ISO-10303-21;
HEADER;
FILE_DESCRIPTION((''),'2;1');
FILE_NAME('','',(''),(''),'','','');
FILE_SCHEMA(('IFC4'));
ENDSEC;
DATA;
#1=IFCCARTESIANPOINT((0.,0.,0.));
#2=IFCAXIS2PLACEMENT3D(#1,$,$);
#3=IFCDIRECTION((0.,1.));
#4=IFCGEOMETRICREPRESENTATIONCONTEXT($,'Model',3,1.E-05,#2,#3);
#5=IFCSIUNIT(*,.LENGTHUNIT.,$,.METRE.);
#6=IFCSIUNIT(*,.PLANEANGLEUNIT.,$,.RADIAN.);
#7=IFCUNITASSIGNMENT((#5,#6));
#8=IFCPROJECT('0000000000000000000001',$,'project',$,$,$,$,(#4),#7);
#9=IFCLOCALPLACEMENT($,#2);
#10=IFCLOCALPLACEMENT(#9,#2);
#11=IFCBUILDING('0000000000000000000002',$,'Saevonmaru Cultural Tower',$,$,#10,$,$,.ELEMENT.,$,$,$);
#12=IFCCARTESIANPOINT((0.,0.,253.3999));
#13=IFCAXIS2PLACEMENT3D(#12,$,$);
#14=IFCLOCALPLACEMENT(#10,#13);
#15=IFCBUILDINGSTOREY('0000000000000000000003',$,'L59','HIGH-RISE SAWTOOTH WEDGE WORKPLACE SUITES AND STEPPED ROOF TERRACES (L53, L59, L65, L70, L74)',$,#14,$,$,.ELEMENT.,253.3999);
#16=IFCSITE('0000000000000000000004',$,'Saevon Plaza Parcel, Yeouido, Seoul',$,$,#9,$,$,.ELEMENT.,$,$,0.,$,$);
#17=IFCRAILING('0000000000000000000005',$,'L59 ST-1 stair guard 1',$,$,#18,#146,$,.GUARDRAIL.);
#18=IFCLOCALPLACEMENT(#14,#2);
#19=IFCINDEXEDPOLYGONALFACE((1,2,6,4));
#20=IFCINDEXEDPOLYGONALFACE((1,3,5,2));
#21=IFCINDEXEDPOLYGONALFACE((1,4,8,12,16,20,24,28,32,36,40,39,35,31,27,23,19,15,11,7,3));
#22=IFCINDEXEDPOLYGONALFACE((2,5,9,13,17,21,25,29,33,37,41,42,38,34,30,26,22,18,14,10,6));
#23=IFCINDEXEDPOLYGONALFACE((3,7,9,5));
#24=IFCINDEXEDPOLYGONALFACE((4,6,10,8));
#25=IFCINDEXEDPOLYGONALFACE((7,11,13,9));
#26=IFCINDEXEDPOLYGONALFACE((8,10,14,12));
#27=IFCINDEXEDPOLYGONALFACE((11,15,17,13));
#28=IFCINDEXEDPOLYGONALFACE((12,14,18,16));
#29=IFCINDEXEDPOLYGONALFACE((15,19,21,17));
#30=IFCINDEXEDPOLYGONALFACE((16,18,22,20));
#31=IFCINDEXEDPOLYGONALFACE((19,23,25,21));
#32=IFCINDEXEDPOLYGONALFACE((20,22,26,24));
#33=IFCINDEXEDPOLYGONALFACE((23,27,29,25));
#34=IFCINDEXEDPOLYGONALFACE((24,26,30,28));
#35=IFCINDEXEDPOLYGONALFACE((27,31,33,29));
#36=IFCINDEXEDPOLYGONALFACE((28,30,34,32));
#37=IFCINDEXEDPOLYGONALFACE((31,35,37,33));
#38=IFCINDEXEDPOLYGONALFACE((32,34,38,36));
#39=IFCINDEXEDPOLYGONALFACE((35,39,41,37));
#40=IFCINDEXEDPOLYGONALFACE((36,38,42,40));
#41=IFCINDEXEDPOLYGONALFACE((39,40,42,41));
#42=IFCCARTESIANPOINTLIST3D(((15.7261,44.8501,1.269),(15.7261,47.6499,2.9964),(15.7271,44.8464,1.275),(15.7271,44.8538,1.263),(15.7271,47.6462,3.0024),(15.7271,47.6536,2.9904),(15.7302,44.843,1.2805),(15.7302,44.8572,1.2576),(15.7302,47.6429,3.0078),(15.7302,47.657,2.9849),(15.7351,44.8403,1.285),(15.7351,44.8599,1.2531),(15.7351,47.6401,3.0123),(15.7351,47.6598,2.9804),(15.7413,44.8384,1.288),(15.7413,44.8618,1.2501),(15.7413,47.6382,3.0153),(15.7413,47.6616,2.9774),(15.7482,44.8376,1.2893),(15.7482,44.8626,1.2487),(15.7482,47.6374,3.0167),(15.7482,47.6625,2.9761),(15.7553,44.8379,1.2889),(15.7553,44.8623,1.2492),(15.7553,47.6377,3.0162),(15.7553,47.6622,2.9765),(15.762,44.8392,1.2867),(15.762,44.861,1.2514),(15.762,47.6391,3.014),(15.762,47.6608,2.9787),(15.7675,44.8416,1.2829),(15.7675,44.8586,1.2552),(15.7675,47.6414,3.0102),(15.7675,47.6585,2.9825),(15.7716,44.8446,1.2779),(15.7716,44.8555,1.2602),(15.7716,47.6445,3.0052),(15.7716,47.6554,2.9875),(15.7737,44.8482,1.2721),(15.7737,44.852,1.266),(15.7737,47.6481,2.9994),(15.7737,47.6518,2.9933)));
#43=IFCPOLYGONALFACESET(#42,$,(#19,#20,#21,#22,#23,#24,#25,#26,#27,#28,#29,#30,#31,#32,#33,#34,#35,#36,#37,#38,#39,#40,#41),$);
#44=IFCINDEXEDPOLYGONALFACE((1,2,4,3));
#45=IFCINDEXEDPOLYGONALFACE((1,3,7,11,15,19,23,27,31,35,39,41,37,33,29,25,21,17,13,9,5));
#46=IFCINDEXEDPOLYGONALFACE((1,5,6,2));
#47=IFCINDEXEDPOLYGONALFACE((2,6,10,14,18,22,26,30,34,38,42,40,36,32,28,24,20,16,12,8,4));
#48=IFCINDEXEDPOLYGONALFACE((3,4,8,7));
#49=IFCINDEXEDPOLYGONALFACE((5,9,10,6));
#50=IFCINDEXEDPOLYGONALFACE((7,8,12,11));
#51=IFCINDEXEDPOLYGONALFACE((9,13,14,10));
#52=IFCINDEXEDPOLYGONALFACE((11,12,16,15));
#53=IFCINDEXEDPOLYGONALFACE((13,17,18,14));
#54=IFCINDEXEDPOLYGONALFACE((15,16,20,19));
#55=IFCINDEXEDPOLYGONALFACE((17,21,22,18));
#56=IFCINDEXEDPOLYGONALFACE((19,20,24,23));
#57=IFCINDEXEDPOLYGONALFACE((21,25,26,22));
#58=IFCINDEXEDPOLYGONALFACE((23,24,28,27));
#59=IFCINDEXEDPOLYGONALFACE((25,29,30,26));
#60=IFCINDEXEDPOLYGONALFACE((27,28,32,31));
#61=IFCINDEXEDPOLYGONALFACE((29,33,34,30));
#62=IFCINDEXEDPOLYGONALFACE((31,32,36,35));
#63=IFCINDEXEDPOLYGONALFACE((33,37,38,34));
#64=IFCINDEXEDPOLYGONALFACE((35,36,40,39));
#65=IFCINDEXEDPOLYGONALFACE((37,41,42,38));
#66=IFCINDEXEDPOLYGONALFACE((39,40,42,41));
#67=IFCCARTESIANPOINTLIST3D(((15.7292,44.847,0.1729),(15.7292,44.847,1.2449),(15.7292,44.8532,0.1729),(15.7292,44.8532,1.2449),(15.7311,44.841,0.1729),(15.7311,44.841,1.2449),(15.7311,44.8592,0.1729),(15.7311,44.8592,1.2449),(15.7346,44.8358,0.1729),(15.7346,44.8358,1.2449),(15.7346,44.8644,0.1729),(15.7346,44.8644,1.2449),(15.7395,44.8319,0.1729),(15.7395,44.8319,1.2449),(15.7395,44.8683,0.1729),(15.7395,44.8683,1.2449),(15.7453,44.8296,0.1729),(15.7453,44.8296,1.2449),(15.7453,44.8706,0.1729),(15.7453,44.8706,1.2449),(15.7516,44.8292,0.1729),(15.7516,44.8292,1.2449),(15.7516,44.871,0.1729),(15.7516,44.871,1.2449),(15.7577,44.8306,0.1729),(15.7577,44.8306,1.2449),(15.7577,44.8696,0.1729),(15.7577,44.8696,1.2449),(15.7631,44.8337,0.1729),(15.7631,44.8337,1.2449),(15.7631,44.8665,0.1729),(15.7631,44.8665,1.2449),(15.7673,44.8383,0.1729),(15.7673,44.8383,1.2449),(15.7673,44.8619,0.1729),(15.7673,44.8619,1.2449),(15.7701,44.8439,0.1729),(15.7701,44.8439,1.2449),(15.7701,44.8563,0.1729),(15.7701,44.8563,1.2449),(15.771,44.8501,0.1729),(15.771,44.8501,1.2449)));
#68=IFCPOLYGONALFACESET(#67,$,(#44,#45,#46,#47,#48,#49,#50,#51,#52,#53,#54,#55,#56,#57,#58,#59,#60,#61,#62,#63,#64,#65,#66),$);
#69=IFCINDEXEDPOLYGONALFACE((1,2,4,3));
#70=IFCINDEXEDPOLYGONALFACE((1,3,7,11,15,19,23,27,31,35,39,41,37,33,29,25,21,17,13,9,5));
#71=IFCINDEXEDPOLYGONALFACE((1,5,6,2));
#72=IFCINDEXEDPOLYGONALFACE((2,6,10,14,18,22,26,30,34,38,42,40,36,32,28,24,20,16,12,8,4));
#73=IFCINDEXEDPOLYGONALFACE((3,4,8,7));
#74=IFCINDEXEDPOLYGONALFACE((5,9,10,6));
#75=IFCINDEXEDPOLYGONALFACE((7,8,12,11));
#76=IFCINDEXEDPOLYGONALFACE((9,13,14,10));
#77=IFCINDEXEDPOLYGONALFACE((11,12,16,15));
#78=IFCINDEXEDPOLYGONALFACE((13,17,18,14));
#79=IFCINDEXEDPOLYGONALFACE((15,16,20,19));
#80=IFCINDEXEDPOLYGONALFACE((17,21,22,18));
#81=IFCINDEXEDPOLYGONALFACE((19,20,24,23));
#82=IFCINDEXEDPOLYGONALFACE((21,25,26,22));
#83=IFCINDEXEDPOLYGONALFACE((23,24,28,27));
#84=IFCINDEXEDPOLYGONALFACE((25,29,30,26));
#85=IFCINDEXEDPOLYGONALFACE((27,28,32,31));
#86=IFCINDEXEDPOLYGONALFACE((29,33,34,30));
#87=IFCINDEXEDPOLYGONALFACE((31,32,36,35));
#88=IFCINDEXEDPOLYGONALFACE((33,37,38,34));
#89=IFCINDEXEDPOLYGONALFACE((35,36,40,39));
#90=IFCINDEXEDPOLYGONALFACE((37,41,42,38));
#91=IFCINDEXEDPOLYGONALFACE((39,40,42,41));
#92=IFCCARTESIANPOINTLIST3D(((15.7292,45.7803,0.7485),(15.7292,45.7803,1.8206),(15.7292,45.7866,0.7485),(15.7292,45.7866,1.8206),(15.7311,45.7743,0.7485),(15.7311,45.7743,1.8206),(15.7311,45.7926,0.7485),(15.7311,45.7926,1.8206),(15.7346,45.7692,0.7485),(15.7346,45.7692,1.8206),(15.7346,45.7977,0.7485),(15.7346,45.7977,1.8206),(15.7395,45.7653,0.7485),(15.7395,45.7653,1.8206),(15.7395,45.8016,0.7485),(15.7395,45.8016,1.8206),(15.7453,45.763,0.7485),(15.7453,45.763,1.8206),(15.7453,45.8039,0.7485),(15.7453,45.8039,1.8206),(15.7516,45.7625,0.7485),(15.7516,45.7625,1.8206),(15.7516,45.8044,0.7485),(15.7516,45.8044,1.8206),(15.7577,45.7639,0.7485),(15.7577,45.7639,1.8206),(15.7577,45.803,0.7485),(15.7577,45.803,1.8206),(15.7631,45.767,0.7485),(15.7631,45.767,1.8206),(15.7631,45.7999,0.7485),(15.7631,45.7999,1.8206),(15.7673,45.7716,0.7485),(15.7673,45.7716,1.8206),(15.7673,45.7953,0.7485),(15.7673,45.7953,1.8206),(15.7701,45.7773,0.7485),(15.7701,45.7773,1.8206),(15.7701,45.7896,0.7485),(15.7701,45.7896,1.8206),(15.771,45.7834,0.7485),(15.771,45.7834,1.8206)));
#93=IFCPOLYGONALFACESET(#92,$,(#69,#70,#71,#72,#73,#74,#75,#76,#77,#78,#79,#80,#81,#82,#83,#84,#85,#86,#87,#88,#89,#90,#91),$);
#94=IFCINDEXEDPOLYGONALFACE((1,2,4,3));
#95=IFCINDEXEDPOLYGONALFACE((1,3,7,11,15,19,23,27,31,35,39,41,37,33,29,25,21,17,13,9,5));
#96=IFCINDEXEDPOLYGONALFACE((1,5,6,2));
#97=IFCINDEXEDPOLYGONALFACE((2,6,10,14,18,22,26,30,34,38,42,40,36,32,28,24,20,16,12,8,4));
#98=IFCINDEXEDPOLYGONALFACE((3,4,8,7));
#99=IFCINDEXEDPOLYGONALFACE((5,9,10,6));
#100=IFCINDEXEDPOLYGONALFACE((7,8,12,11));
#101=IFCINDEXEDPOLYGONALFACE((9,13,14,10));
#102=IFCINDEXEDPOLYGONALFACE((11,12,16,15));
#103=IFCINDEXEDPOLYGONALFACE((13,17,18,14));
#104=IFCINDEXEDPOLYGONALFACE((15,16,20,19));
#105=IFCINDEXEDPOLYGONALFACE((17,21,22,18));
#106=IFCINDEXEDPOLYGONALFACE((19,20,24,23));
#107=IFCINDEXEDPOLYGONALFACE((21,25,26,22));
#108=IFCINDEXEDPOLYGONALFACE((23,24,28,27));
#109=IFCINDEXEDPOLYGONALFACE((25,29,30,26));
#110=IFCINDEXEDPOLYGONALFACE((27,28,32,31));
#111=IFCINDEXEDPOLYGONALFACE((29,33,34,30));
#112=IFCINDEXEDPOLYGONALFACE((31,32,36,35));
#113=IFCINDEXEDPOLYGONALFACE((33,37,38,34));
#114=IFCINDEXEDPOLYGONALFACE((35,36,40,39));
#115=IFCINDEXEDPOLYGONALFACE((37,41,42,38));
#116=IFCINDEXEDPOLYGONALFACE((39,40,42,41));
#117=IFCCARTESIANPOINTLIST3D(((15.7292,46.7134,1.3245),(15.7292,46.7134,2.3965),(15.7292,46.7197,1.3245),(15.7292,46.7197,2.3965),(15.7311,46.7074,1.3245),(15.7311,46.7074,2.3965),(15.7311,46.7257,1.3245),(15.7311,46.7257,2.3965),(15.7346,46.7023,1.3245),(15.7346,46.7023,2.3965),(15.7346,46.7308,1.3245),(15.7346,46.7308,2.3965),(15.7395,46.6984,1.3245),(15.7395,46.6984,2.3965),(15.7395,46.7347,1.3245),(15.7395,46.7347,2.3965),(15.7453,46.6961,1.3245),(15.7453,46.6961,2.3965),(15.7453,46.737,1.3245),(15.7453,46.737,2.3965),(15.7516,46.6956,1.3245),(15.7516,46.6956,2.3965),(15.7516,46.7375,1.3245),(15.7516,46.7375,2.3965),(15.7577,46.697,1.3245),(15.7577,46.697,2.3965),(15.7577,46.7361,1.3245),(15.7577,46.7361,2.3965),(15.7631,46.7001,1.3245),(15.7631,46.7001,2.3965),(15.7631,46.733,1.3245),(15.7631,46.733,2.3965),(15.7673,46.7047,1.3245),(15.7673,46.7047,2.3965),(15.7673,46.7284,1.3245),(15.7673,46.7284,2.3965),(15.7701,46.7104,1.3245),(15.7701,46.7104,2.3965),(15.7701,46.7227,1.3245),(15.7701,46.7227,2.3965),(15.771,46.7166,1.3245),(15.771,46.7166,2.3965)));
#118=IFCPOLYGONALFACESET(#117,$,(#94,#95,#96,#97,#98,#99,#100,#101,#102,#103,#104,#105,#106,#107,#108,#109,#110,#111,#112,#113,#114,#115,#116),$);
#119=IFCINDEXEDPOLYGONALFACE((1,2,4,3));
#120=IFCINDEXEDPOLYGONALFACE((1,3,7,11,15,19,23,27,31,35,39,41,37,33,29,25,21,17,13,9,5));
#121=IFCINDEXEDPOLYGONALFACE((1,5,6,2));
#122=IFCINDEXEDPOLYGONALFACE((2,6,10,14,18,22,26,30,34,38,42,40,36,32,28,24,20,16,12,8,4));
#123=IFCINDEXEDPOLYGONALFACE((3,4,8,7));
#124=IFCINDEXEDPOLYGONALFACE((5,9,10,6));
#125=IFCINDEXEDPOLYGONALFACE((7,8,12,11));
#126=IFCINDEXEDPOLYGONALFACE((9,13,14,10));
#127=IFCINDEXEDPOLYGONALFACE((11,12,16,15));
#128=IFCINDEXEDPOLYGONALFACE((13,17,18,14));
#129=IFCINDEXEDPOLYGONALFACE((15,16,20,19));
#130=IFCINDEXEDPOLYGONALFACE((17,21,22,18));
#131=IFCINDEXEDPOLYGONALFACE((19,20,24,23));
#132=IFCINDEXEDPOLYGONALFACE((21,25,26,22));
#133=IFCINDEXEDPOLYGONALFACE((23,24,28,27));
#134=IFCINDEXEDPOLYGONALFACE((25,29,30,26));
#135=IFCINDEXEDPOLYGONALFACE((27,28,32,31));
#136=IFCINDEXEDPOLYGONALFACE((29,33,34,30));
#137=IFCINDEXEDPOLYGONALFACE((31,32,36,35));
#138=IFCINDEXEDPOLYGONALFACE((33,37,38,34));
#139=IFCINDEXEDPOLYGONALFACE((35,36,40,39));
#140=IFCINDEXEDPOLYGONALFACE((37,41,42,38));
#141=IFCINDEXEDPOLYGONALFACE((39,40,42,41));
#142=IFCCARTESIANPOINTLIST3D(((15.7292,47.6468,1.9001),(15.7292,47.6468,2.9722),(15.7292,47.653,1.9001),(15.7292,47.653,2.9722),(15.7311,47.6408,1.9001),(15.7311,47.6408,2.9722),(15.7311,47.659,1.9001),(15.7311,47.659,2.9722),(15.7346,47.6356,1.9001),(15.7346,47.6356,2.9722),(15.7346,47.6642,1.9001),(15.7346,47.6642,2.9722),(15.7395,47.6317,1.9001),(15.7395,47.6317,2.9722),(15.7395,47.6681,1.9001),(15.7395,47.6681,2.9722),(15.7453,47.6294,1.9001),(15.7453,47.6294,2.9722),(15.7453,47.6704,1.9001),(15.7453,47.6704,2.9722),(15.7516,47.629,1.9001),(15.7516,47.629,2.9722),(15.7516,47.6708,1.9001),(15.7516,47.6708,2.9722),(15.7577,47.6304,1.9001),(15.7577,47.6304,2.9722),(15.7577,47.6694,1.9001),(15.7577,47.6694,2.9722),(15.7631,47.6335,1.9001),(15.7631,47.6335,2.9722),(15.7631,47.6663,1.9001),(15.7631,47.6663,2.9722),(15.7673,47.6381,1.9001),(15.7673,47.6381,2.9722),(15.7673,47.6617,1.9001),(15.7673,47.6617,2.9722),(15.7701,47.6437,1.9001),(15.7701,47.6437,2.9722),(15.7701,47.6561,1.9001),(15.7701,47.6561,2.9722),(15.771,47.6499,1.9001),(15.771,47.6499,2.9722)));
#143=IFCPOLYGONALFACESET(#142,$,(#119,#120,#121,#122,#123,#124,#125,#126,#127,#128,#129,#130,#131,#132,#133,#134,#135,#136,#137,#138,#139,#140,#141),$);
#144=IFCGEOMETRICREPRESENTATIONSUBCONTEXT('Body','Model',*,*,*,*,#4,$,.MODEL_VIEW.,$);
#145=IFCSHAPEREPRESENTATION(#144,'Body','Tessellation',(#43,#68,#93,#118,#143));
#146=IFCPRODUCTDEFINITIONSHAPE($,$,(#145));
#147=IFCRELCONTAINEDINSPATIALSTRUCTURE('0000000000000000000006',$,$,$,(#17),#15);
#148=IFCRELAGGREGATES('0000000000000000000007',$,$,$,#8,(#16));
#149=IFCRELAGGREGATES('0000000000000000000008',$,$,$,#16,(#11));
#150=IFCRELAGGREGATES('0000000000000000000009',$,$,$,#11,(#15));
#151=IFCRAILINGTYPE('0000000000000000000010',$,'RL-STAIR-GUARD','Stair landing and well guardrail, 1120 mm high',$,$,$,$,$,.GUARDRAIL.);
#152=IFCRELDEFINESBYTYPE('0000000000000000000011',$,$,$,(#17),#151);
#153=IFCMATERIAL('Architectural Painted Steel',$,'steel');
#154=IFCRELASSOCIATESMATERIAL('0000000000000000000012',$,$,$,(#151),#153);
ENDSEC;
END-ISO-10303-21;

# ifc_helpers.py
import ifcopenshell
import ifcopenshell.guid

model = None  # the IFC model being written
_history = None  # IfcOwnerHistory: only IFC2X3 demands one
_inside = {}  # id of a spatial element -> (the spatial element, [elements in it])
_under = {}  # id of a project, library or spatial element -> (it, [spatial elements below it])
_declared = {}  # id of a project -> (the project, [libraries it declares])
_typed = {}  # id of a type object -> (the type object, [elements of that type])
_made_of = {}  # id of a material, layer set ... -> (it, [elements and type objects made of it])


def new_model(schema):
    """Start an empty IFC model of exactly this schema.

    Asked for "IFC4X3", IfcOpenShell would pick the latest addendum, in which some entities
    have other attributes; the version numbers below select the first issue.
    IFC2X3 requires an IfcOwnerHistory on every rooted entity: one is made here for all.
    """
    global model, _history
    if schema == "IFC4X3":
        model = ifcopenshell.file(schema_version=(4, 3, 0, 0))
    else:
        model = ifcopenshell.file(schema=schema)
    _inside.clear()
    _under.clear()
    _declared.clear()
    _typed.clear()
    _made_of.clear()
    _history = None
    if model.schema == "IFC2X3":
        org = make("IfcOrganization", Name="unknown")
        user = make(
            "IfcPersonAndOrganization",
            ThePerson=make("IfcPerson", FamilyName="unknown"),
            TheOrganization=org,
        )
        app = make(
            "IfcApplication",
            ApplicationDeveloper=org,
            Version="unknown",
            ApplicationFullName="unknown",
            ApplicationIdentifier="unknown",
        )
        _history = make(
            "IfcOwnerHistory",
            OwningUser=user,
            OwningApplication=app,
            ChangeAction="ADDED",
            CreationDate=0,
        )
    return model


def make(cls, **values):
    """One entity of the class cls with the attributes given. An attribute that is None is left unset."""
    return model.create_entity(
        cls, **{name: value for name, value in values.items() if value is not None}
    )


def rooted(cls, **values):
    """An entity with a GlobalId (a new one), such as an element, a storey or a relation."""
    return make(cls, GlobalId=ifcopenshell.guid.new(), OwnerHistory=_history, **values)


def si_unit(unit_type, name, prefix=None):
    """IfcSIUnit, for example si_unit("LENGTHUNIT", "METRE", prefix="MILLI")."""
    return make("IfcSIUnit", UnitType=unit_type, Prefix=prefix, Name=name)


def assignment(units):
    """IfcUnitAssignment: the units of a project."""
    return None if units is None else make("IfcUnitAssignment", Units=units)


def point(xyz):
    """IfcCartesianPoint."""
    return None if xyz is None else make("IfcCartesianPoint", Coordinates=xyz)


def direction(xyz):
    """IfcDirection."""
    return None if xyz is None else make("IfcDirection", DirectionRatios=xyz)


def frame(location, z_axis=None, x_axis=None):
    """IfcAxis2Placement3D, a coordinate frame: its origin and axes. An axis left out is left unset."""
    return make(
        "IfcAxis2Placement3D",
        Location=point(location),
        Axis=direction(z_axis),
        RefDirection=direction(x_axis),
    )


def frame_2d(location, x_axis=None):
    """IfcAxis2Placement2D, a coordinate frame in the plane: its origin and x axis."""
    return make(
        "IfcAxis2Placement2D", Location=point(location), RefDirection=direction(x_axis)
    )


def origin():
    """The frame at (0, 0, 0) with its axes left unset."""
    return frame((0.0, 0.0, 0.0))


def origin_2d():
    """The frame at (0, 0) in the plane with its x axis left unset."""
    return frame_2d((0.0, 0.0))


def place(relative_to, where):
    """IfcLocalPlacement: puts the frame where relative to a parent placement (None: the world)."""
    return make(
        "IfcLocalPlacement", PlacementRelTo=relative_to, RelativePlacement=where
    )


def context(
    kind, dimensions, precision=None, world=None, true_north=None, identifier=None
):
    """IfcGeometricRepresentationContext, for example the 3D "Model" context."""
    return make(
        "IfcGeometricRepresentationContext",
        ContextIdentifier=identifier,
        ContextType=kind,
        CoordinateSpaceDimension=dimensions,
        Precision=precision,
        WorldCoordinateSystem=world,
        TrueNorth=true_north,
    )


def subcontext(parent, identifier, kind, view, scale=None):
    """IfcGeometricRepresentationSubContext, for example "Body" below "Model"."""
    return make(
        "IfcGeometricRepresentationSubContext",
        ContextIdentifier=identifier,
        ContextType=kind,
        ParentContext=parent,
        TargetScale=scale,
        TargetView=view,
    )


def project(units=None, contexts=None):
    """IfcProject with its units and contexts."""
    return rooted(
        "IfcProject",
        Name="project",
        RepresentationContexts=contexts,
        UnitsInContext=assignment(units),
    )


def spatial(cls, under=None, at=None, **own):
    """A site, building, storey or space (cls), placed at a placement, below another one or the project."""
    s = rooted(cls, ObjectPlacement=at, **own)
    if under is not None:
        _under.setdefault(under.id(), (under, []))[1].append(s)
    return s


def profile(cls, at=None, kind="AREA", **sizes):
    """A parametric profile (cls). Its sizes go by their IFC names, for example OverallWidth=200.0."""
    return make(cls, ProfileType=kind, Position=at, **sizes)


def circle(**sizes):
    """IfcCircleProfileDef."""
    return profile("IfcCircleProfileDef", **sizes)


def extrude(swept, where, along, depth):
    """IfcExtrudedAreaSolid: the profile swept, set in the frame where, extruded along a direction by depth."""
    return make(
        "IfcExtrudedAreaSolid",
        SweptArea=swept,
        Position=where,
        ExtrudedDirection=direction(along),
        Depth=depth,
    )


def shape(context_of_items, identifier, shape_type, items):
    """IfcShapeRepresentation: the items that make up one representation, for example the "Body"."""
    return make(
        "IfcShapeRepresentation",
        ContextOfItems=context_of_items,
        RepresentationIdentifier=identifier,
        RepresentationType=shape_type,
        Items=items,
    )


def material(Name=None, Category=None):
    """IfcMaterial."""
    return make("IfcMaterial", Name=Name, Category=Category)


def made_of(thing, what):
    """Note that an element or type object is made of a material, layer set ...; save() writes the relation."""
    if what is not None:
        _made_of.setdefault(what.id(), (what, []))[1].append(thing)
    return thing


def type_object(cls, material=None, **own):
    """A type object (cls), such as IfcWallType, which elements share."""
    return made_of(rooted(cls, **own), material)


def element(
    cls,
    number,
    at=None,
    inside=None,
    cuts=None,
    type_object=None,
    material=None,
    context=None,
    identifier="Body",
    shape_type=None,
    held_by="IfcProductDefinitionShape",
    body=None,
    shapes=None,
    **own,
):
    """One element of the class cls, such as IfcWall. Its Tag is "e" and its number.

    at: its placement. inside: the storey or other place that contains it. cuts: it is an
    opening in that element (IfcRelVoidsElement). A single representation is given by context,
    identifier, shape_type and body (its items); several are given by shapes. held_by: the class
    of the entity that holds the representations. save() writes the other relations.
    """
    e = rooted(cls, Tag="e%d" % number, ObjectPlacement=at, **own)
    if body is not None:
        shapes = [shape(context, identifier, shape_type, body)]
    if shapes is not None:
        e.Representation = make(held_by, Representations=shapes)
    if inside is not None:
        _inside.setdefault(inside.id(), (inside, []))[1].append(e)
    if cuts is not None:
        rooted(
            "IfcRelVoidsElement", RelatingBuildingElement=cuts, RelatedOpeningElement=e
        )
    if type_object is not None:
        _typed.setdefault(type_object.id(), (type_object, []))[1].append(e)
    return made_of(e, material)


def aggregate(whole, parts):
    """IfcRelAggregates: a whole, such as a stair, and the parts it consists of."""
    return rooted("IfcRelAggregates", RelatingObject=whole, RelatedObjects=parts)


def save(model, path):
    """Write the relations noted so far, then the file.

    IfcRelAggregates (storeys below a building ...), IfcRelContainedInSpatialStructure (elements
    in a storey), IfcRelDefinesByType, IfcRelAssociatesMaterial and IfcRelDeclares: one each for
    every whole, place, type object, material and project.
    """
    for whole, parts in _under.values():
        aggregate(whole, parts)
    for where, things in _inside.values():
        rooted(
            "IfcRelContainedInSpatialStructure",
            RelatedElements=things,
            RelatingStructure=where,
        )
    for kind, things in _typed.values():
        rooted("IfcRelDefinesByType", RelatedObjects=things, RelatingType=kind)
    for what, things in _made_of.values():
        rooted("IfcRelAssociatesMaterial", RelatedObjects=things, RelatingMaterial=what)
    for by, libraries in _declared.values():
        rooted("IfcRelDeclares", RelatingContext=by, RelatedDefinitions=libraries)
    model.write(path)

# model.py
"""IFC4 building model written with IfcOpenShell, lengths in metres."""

from ifc_helpers import new_model, si_unit, direction, frame, origin, origin_2d, place, context, subcontext, project, spatial, circle, extrude, material, type_object, element, save


model = new_model("IFC4")

# Units and contexts
model_context = context("Model", 3, precision=1e-05, world=origin(), true_north=direction((0.0, 1.0)))
body_context = subcontext(model_context, "Body", "Model", "MODEL_VIEW")
ifc_project = project(units=[si_unit("LENGTHUNIT", "METRE"), si_unit("PLANEANGLEUNIT", "RADIAN")], contexts=[model_context])

# Site, building, storey
site_placement = place(None, origin())
site = spatial("IfcSite", under=ifc_project, at=site_placement, Name="Saevon Plaza Parcel, Yeouido, Seoul", CompositionType="ELEMENT", RefElevation=0.0)
building_placement = place(site_placement, origin())
building = spatial("IfcBuilding", under=site, at=building_placement, Name="Saevonmaru Cultural Tower", CompositionType="ELEMENT")
storey_placement = place(building_placement, frame((0.0, 0.0, 253.3999)))
storey = spatial("IfcBuildingStorey", under=building, at=storey_placement, Name="L59", Description="HIGH-RISE SAWTOOTH WEDGE WORKPLACE SUITES AND STEPPED ROOF TERRACES (L53, L59, L65, L70, L74)", CompositionType="ELEMENT", Elevation=253.3999)

# Railing
ifc_material_1 = material(Name="Architectural Painted Steel", Category="steel")
railing_type_1 = type_object("IfcRailingType", Name="RL-STAIR-GUARD", Description="Stair landing and well guardrail, 1120 mm high", PredefinedType="GUARDRAIL", material=ifc_material_1)
railing_1_placement = place(storey_placement, frame((15.75, 44.8501, 0.1729)))
element("IfcRailing", 1, at=railing_1_placement, inside=storey, type_object=railing_type_1, Name="L59 ST-1 stair guard 1", PredefinedType="GUARDRAIL", context=body_context, shape_type="SweptSolid", body=[
    extrude(circle(Radius=0.0239, at=origin_2d()), frame((0.0, 0.0, 1.0962), z_axis=(0.0, 0.851069, 0.525054), x_axis=(-1.0, 0.0, 0.0)), (0.0, 0.0, 1.0), 3.2898),
    extrude(circle(Radius=0.021, at=origin_2d()), origin(), (0.0, 0.0, 1.0), 1.072),
    extrude(circle(Radius=0.021, at=origin_2d()), frame((0.0, 0.9333, 0.5757)), (0.0, 0.0, 1.0), 1.072),
    extrude(circle(Radius=0.021, at=origin_2d()), frame((0.0, 1.8665, 1.1516)), (0.0, 0.0, 1.0), 1.072),
    extrude(circle(Radius=0.021, at=origin_2d()), frame((0.0, 2.7998, 1.7273)), (0.0, 0.0, 1.0), 1.072),
])

save(model, "model.ifc")
